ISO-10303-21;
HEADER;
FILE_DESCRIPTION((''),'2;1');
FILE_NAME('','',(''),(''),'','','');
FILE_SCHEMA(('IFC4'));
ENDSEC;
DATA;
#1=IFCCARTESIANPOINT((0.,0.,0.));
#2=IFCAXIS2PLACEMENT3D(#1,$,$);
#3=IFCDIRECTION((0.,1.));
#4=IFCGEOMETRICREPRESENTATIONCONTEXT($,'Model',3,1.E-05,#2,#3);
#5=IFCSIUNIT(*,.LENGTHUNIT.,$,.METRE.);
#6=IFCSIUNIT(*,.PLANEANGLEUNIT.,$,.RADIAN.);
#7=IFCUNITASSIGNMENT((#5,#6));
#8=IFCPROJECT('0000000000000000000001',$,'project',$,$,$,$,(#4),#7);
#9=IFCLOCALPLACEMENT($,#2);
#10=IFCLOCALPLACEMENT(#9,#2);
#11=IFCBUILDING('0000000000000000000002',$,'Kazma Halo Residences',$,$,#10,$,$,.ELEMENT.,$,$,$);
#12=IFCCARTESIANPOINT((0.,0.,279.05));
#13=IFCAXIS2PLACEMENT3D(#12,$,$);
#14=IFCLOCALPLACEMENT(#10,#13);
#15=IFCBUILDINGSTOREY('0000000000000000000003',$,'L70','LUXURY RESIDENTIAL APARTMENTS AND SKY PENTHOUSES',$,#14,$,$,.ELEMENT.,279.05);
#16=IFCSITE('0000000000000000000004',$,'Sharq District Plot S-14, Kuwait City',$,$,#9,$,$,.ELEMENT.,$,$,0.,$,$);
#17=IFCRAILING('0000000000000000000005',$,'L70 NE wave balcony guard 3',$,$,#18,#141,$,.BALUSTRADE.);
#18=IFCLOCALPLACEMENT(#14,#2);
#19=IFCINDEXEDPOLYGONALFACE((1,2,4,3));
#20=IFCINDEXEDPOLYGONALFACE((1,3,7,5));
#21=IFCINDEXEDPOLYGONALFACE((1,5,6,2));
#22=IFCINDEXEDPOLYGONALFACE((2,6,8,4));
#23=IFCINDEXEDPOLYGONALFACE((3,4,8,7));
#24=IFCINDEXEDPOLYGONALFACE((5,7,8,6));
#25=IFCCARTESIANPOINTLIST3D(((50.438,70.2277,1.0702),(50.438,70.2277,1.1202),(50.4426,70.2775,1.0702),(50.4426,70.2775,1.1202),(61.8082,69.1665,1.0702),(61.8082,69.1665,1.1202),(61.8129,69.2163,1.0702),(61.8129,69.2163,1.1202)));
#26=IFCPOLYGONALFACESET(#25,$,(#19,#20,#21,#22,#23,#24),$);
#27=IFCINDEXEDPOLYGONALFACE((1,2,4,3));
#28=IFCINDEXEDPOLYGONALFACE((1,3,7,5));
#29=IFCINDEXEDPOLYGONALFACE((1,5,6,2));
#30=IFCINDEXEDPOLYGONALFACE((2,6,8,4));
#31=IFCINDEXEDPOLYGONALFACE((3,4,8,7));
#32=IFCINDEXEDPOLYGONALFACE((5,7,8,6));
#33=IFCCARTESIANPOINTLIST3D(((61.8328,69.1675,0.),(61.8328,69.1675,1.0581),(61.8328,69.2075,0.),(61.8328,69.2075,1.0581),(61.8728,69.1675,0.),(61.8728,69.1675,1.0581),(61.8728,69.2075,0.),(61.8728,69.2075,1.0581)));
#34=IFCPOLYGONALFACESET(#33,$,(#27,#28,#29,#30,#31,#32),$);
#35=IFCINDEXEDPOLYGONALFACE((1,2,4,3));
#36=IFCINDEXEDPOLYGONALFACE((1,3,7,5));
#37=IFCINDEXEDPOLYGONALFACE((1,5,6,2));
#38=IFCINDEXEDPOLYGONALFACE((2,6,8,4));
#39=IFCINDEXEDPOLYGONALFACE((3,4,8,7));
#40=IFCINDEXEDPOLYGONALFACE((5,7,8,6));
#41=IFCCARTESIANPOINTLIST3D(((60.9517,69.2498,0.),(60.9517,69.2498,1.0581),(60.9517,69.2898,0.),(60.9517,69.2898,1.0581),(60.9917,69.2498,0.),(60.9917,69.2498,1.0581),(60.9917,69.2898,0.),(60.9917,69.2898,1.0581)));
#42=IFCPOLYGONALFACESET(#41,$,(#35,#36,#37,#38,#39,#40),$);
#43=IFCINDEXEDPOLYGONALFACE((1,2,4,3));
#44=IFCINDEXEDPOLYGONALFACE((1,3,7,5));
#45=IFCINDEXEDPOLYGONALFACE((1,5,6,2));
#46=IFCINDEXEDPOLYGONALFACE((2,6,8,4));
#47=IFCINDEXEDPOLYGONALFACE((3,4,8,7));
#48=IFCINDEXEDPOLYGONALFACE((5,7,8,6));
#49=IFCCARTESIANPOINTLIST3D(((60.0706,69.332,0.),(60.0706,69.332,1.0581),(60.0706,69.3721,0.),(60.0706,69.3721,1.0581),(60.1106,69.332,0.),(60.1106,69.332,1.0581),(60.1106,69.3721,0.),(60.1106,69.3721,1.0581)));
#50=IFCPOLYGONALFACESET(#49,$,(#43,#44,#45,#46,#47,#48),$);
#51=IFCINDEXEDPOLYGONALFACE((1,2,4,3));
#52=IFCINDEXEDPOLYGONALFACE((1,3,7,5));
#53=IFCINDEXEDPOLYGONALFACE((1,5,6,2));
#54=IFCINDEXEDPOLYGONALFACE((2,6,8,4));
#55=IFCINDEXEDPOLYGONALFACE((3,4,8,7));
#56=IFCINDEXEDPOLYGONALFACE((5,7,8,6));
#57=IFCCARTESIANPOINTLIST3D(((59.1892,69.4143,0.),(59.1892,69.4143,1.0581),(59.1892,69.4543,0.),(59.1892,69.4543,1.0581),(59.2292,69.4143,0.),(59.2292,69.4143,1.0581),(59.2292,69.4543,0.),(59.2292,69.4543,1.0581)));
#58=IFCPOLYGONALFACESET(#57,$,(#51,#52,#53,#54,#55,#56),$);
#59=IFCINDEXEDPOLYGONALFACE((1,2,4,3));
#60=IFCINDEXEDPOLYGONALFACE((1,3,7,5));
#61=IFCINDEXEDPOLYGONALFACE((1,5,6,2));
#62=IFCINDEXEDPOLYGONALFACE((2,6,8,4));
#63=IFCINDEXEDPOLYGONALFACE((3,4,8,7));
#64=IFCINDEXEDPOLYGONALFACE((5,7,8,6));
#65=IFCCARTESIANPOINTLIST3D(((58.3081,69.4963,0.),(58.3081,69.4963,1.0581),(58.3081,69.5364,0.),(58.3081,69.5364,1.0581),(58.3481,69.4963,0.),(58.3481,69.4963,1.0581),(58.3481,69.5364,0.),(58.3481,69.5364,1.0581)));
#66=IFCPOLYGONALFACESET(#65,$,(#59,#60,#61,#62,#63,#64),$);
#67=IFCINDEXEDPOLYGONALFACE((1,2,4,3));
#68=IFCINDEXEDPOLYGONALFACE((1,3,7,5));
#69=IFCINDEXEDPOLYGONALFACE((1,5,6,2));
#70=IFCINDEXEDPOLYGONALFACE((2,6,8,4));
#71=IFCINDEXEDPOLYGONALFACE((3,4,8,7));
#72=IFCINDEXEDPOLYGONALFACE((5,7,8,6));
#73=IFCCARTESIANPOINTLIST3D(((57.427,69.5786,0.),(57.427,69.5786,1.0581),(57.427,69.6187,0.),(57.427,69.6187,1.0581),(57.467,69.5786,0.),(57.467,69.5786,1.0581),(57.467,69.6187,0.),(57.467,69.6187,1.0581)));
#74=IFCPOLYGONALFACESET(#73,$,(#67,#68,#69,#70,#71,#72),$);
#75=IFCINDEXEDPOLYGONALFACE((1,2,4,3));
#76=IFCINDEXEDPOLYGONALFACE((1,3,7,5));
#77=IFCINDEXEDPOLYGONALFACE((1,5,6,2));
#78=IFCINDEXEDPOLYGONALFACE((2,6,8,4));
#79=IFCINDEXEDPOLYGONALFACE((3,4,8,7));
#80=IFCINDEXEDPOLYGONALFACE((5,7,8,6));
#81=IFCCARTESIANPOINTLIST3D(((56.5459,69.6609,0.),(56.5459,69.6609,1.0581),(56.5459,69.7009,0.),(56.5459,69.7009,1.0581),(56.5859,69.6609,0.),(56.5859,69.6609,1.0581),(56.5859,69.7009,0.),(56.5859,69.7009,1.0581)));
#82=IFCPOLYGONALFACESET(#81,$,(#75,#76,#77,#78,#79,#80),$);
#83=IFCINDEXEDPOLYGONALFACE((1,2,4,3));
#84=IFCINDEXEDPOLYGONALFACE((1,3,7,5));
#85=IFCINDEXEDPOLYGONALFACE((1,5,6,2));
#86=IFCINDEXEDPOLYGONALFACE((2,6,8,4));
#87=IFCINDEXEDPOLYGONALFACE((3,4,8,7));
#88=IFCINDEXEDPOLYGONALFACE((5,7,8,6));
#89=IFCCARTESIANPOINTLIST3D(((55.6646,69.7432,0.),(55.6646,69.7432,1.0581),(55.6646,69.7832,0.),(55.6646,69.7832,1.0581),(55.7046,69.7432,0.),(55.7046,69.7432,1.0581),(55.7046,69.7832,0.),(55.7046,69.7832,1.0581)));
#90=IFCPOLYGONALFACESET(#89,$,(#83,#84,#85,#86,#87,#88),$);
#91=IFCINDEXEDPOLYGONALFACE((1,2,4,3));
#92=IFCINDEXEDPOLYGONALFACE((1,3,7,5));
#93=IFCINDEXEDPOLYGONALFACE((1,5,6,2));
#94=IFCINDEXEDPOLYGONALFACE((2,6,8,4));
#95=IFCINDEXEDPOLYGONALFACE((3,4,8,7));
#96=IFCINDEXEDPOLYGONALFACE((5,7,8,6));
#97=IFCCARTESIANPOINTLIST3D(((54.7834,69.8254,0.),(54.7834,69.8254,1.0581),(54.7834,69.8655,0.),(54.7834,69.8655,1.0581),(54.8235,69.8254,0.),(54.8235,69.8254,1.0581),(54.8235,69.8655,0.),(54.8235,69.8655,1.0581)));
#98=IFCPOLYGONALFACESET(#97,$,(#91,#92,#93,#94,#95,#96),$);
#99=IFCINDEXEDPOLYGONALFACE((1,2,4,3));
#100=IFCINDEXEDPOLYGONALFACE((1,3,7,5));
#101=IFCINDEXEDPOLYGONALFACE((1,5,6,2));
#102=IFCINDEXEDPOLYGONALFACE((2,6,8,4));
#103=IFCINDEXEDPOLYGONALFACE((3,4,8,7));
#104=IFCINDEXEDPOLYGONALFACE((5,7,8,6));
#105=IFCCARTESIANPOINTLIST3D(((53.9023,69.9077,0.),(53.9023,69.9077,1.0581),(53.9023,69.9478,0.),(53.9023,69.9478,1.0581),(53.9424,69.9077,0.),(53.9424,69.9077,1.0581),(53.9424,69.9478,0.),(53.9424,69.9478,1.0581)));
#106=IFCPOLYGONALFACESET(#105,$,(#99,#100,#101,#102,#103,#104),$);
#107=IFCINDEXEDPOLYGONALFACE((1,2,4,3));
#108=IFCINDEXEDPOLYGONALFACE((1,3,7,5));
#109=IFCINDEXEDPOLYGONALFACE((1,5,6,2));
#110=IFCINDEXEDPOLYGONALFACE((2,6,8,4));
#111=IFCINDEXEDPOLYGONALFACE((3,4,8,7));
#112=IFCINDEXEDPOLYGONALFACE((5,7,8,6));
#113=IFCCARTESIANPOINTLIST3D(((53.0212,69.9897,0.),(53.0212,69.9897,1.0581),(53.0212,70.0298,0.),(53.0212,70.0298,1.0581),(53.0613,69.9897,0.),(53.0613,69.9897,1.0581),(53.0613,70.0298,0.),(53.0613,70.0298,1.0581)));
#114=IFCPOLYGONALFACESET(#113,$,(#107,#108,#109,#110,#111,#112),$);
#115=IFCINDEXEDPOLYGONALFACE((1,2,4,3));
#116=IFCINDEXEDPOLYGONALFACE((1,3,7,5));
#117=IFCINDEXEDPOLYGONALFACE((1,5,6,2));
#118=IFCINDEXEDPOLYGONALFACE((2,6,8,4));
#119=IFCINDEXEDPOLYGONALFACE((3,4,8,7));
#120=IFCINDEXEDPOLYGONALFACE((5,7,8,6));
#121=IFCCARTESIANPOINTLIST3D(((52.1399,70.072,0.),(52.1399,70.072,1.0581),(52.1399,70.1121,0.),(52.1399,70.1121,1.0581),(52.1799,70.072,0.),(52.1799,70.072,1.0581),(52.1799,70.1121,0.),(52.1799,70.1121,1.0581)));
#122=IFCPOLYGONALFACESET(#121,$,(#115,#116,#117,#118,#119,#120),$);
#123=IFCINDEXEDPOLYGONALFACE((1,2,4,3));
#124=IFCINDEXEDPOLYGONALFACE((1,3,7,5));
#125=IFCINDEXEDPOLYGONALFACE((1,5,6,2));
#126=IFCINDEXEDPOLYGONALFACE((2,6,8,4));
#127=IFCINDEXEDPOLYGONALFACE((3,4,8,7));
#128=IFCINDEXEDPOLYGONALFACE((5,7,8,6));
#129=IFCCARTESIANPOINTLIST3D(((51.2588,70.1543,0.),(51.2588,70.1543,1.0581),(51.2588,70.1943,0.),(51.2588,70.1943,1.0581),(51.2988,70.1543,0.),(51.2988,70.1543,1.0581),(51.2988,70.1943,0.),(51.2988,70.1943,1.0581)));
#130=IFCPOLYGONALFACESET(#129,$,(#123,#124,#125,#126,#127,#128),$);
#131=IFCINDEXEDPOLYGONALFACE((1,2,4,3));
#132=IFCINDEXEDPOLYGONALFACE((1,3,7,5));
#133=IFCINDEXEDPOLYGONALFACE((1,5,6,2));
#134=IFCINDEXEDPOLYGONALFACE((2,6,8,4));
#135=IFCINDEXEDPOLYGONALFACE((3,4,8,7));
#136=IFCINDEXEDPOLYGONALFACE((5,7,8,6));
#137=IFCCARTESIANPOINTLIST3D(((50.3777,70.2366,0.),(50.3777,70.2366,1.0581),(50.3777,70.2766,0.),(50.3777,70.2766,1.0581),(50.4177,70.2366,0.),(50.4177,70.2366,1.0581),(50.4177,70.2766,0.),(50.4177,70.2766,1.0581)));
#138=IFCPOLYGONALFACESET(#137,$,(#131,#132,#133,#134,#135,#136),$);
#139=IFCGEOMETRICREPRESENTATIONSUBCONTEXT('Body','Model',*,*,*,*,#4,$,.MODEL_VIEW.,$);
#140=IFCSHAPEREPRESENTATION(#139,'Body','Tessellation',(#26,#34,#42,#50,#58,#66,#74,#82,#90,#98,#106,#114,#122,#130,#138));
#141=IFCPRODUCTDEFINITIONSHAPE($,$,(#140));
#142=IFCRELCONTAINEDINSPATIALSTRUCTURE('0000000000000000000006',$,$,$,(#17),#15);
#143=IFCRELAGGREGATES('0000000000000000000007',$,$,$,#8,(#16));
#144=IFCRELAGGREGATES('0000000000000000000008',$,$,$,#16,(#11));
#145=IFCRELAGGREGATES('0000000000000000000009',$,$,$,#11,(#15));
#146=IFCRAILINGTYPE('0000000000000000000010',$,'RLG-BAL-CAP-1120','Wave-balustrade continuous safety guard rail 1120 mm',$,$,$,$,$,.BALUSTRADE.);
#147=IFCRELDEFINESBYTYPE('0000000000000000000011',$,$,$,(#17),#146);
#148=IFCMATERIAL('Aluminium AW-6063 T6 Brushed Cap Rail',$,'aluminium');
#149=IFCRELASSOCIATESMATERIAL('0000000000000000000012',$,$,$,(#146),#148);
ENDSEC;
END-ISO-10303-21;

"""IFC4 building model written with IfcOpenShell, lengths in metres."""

from ifc_helpers import new_model, si_unit, direction, frame, origin, origin_2d, place, context, subcontext, project, spatial, rectangle, extrude, material, type_object, element, save


model = new_model("IFC4")

# Units and contexts
model_context = context("Model", 3, precision=1e-05, world=origin(), true_north=direction((0.0, 1.0)))
body_context = subcontext(model_context, "Body", "Model", "MODEL_VIEW")
ifc_project = project(units=[si_unit("LENGTHUNIT", "METRE"), si_unit("PLANEANGLEUNIT", "RADIAN")], contexts=[model_context])

# Site, building, storey
site_placement = place(None, origin())
site = spatial("IfcSite", under=ifc_project, at=site_placement, Name="Sharq District Plot S-14, Kuwait City", CompositionType="ELEMENT", RefElevation=0.0)
building_placement = place(site_placement, origin())
building = spatial("IfcBuilding", under=site, at=building_placement, Name="Kazma Halo Residences", CompositionType="ELEMENT")
storey_placement = place(building_placement, frame((0.0, 0.0, 279.05)))
storey = spatial("IfcBuildingStorey", under=building, at=storey_placement, Name="L70", Description="LUXURY RESIDENTIAL APARTMENTS AND SKY PENTHOUSES", CompositionType="ELEMENT", Elevation=279.05)

# Railing
ifc_material_1 = material(Name="Aluminium AW-6063 T6 Brushed Cap Rail", Category="aluminium")
railing_type = type_object("IfcRailingType", Name="RLG-BAL-CAP-1120", Description="Wave-balustrade continuous safety guard rail 1120 mm", PredefinedType="BALUSTRADE", material=ifc_material_1)
railing_1_placement = place(storey_placement, frame((61.8528, 69.1875, 0.0)))
element("IfcRailing", 1, at=railing_1_placement, inside=storey, type_object=railing_type, Name="L70 NE wave balcony guard 3", PredefinedType="BALUSTRADE", context=body_context, shape_type="SweptSolid", body=[
    extrude(rectangle(XDim=0.05, YDim=0.05, at=origin_2d()), frame((-0.0422, 0.0039, 1.0952), z_axis=(-0.995673, 0.092925, 0.0), x_axis=(-0.092925, -0.995673, 0.0)), (0.0, 0.0, 1.0), 11.4197),
    extrude(rectangle(XDim=0.04, YDim=0.04, at=origin_2d()), origin(), (0.0, 0.0, 1.0), 1.0581),
    extrude(rectangle(XDim=0.04, YDim=0.04, at=origin_2d()), frame((-0.8811, 0.0823, 0.0)), (0.0, 0.0, 1.0), 1.0581),
    extrude(rectangle(XDim=0.04, YDim=0.04, at=origin_2d()), frame((-1.7622, 0.1646, 0.0)), (0.0, 0.0, 1.0), 1.0581),
    extrude(rectangle(XDim=0.04, YDim=0.04, at=origin_2d()), frame((-2.6436, 0.2468, 0.0)), (0.0, 0.0, 1.0), 1.0581),
    extrude(rectangle(XDim=0.04, YDim=0.04, at=origin_2d()), frame((-3.5247, 0.3289, 0.0)), (0.0, 0.0, 1.0), 1.0581),
    extrude(rectangle(XDim=0.04, YDim=0.04, at=origin_2d()), frame((-4.4058, 0.4111, 0.0)), (0.0, 0.0, 1.0), 1.0581),
    extrude(rectangle(XDim=0.04, YDim=0.04, at=origin_2d()), frame((-5.2869, 0.4934, 0.0)), (0.0, 0.0, 1.0), 1.0581),
    extrude(rectangle(XDim=0.04, YDim=0.04, at=origin_2d()), frame((-6.1682, 0.5757, 0.0)), (0.0, 0.0, 1.0), 1.0581),
    extrude(rectangle(XDim=0.04, YDim=0.04, at=origin_2d()), frame((-7.0493, 0.658, 0.0)), (0.0, 0.0, 1.0), 1.0581),
    extrude(rectangle(XDim=0.04, YDim=0.04, at=origin_2d()), frame((-7.9304, 0.7402, 0.0)), (0.0, 0.0, 1.0), 1.0581),
    extrude(rectangle(XDim=0.04, YDim=0.04, at=origin_2d()), frame((-8.8115, 0.8223, 0.0)), (0.0, 0.0, 1.0), 1.0581),
    extrude(rectangle(XDim=0.04, YDim=0.04, at=origin_2d()), frame((-9.6929, 0.9045, 0.0)), (0.0, 0.0, 1.0), 1.0581),
    extrude(rectangle(XDim=0.04, YDim=0.04, at=origin_2d()), frame((-10.574, 0.9868, 0.0)), (0.0, 0.0, 1.0), 1.0581),
    extrude(rectangle(XDim=0.04, YDim=0.04, at=origin_2d()), frame((-11.4551, 1.0691, 0.0)), (0.0, 0.0, 1.0), 1.0581),
])

save(model, "model.ifc")
